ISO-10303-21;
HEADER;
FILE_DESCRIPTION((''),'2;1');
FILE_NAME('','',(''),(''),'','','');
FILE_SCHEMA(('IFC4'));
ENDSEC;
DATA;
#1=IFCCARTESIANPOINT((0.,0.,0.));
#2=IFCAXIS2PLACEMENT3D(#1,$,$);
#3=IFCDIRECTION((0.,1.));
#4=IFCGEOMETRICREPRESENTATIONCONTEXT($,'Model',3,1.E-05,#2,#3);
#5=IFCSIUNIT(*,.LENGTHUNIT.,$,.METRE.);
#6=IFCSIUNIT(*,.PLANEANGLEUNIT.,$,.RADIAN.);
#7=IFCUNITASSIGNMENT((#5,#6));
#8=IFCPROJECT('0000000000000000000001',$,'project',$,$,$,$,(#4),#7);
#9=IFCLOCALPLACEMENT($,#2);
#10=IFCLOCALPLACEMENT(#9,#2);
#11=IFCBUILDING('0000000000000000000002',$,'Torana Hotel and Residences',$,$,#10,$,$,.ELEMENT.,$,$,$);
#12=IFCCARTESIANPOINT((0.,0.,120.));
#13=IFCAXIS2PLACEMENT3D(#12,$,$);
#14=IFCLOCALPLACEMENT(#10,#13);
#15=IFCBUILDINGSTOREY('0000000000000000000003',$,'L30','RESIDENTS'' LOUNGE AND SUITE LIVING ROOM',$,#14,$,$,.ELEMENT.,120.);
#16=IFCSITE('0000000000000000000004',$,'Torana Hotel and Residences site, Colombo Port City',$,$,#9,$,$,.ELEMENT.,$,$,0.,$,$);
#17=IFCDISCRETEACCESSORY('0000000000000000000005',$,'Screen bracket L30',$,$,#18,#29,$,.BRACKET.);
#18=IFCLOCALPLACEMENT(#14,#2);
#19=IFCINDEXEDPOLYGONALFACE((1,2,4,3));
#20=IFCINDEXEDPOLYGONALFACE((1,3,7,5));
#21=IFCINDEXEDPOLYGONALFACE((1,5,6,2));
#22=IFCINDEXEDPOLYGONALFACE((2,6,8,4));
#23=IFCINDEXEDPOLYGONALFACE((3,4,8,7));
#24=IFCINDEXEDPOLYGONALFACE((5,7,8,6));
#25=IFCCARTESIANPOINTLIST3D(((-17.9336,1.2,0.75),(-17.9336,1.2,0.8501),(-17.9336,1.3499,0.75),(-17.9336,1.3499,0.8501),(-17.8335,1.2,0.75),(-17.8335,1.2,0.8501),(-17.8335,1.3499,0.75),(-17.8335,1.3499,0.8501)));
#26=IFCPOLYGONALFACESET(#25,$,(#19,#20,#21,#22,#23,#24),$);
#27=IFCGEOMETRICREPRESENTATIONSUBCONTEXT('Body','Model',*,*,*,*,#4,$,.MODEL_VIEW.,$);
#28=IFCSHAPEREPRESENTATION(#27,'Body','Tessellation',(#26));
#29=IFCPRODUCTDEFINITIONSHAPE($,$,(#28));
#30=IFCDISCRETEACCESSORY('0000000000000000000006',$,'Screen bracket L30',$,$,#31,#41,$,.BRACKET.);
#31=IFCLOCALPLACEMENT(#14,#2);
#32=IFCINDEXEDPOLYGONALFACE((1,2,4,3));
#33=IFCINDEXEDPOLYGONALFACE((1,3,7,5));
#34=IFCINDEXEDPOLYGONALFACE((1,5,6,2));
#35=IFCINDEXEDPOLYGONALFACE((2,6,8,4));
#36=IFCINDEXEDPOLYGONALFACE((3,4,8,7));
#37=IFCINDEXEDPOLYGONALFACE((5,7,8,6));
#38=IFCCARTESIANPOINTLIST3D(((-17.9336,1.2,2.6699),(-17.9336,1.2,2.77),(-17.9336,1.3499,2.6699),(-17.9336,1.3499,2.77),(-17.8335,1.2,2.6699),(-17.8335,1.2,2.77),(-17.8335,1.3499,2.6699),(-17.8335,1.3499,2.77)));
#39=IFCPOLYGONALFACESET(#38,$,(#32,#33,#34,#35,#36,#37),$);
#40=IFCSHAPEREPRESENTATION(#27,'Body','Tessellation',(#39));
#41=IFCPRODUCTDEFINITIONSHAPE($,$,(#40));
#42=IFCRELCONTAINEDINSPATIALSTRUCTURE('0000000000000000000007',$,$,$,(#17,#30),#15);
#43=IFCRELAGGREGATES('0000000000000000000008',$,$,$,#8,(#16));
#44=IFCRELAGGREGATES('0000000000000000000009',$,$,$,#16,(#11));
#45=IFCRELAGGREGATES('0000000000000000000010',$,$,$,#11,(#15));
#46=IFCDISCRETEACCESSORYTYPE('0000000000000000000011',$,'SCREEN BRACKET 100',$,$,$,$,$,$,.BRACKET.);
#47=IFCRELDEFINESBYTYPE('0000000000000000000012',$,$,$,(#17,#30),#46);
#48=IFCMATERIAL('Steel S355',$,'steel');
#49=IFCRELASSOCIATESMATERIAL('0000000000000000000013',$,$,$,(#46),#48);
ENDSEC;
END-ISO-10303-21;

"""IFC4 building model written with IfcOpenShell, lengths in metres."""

from ifc_helpers import new_model, si_unit, direction, frame, origin, origin_2d, place, context, subcontext, project, spatial, rectangle, extrude, material, type_object, element, save


model = new_model("IFC4")

# Units and contexts
model_context = context("Model", 3, precision=1e-05, world=origin(), true_north=direction((0.0, 1.0)))
body_context = subcontext(model_context, "Body", "Model", "MODEL_VIEW")
ifc_project = project(units=[si_unit("LENGTHUNIT", "METRE"), si_unit("PLANEANGLEUNIT", "RADIAN")], contexts=[model_context])

# Site, building, storey
site_placement = place(None, origin())
site = spatial("IfcSite", under=ifc_project, at=site_placement, Name="Torana Hotel and Residences site, Colombo Port City", CompositionType="ELEMENT", RefElevation=0.0)
building_placement = place(site_placement, origin())
building = spatial("IfcBuilding", under=site, at=building_placement, Name="Torana Hotel and Residences", CompositionType="ELEMENT")
storey_placement = place(building_placement, frame((0.0, 0.0, 120.0)))
storey = spatial("IfcBuildingStorey", under=building, at=storey_placement, Name="L30", Description="RESIDENTS' LOUNGE AND SUITE LIVING ROOM", CompositionType="ELEMENT", Elevation=120.0)

# Discrete accessories
ifc_material_1 = material(Name="Steel S355", Category="steel")
discrete_accessory_type = type_object("IfcDiscreteAccessoryType", Name="SCREEN BRACKET 100", PredefinedType="BRACKET", material=ifc_material_1)
for number, where, z_axis, x_axis, name in (
    (1, (-17.8835, 1.2749, 0.75), (0.0, 0.0, 1.0), (-1.0, 0.0, 0.0), "Screen bracket L30"),
    (2, (-17.8835, 1.2749, 2.6699), (0.0, 0.0, 1.0), (-1.0, 0.0, 0.0), "Screen bracket L30"),
):
    element("IfcDiscreteAccessory", number, at=place(storey_placement, frame(where, z_axis=z_axis, x_axis=x_axis)), inside=storey, type_object=discrete_accessory_type, Name=name, PredefinedType="BRACKET", context=body_context, shape_type="SweptSolid", body=[
        extrude(rectangle(XDim=0.1001, YDim=0.1499, at=origin_2d()), origin(), (0.0, 0.0, 1.0), 0.1001),
    ])

save(model, "model.ifc")
